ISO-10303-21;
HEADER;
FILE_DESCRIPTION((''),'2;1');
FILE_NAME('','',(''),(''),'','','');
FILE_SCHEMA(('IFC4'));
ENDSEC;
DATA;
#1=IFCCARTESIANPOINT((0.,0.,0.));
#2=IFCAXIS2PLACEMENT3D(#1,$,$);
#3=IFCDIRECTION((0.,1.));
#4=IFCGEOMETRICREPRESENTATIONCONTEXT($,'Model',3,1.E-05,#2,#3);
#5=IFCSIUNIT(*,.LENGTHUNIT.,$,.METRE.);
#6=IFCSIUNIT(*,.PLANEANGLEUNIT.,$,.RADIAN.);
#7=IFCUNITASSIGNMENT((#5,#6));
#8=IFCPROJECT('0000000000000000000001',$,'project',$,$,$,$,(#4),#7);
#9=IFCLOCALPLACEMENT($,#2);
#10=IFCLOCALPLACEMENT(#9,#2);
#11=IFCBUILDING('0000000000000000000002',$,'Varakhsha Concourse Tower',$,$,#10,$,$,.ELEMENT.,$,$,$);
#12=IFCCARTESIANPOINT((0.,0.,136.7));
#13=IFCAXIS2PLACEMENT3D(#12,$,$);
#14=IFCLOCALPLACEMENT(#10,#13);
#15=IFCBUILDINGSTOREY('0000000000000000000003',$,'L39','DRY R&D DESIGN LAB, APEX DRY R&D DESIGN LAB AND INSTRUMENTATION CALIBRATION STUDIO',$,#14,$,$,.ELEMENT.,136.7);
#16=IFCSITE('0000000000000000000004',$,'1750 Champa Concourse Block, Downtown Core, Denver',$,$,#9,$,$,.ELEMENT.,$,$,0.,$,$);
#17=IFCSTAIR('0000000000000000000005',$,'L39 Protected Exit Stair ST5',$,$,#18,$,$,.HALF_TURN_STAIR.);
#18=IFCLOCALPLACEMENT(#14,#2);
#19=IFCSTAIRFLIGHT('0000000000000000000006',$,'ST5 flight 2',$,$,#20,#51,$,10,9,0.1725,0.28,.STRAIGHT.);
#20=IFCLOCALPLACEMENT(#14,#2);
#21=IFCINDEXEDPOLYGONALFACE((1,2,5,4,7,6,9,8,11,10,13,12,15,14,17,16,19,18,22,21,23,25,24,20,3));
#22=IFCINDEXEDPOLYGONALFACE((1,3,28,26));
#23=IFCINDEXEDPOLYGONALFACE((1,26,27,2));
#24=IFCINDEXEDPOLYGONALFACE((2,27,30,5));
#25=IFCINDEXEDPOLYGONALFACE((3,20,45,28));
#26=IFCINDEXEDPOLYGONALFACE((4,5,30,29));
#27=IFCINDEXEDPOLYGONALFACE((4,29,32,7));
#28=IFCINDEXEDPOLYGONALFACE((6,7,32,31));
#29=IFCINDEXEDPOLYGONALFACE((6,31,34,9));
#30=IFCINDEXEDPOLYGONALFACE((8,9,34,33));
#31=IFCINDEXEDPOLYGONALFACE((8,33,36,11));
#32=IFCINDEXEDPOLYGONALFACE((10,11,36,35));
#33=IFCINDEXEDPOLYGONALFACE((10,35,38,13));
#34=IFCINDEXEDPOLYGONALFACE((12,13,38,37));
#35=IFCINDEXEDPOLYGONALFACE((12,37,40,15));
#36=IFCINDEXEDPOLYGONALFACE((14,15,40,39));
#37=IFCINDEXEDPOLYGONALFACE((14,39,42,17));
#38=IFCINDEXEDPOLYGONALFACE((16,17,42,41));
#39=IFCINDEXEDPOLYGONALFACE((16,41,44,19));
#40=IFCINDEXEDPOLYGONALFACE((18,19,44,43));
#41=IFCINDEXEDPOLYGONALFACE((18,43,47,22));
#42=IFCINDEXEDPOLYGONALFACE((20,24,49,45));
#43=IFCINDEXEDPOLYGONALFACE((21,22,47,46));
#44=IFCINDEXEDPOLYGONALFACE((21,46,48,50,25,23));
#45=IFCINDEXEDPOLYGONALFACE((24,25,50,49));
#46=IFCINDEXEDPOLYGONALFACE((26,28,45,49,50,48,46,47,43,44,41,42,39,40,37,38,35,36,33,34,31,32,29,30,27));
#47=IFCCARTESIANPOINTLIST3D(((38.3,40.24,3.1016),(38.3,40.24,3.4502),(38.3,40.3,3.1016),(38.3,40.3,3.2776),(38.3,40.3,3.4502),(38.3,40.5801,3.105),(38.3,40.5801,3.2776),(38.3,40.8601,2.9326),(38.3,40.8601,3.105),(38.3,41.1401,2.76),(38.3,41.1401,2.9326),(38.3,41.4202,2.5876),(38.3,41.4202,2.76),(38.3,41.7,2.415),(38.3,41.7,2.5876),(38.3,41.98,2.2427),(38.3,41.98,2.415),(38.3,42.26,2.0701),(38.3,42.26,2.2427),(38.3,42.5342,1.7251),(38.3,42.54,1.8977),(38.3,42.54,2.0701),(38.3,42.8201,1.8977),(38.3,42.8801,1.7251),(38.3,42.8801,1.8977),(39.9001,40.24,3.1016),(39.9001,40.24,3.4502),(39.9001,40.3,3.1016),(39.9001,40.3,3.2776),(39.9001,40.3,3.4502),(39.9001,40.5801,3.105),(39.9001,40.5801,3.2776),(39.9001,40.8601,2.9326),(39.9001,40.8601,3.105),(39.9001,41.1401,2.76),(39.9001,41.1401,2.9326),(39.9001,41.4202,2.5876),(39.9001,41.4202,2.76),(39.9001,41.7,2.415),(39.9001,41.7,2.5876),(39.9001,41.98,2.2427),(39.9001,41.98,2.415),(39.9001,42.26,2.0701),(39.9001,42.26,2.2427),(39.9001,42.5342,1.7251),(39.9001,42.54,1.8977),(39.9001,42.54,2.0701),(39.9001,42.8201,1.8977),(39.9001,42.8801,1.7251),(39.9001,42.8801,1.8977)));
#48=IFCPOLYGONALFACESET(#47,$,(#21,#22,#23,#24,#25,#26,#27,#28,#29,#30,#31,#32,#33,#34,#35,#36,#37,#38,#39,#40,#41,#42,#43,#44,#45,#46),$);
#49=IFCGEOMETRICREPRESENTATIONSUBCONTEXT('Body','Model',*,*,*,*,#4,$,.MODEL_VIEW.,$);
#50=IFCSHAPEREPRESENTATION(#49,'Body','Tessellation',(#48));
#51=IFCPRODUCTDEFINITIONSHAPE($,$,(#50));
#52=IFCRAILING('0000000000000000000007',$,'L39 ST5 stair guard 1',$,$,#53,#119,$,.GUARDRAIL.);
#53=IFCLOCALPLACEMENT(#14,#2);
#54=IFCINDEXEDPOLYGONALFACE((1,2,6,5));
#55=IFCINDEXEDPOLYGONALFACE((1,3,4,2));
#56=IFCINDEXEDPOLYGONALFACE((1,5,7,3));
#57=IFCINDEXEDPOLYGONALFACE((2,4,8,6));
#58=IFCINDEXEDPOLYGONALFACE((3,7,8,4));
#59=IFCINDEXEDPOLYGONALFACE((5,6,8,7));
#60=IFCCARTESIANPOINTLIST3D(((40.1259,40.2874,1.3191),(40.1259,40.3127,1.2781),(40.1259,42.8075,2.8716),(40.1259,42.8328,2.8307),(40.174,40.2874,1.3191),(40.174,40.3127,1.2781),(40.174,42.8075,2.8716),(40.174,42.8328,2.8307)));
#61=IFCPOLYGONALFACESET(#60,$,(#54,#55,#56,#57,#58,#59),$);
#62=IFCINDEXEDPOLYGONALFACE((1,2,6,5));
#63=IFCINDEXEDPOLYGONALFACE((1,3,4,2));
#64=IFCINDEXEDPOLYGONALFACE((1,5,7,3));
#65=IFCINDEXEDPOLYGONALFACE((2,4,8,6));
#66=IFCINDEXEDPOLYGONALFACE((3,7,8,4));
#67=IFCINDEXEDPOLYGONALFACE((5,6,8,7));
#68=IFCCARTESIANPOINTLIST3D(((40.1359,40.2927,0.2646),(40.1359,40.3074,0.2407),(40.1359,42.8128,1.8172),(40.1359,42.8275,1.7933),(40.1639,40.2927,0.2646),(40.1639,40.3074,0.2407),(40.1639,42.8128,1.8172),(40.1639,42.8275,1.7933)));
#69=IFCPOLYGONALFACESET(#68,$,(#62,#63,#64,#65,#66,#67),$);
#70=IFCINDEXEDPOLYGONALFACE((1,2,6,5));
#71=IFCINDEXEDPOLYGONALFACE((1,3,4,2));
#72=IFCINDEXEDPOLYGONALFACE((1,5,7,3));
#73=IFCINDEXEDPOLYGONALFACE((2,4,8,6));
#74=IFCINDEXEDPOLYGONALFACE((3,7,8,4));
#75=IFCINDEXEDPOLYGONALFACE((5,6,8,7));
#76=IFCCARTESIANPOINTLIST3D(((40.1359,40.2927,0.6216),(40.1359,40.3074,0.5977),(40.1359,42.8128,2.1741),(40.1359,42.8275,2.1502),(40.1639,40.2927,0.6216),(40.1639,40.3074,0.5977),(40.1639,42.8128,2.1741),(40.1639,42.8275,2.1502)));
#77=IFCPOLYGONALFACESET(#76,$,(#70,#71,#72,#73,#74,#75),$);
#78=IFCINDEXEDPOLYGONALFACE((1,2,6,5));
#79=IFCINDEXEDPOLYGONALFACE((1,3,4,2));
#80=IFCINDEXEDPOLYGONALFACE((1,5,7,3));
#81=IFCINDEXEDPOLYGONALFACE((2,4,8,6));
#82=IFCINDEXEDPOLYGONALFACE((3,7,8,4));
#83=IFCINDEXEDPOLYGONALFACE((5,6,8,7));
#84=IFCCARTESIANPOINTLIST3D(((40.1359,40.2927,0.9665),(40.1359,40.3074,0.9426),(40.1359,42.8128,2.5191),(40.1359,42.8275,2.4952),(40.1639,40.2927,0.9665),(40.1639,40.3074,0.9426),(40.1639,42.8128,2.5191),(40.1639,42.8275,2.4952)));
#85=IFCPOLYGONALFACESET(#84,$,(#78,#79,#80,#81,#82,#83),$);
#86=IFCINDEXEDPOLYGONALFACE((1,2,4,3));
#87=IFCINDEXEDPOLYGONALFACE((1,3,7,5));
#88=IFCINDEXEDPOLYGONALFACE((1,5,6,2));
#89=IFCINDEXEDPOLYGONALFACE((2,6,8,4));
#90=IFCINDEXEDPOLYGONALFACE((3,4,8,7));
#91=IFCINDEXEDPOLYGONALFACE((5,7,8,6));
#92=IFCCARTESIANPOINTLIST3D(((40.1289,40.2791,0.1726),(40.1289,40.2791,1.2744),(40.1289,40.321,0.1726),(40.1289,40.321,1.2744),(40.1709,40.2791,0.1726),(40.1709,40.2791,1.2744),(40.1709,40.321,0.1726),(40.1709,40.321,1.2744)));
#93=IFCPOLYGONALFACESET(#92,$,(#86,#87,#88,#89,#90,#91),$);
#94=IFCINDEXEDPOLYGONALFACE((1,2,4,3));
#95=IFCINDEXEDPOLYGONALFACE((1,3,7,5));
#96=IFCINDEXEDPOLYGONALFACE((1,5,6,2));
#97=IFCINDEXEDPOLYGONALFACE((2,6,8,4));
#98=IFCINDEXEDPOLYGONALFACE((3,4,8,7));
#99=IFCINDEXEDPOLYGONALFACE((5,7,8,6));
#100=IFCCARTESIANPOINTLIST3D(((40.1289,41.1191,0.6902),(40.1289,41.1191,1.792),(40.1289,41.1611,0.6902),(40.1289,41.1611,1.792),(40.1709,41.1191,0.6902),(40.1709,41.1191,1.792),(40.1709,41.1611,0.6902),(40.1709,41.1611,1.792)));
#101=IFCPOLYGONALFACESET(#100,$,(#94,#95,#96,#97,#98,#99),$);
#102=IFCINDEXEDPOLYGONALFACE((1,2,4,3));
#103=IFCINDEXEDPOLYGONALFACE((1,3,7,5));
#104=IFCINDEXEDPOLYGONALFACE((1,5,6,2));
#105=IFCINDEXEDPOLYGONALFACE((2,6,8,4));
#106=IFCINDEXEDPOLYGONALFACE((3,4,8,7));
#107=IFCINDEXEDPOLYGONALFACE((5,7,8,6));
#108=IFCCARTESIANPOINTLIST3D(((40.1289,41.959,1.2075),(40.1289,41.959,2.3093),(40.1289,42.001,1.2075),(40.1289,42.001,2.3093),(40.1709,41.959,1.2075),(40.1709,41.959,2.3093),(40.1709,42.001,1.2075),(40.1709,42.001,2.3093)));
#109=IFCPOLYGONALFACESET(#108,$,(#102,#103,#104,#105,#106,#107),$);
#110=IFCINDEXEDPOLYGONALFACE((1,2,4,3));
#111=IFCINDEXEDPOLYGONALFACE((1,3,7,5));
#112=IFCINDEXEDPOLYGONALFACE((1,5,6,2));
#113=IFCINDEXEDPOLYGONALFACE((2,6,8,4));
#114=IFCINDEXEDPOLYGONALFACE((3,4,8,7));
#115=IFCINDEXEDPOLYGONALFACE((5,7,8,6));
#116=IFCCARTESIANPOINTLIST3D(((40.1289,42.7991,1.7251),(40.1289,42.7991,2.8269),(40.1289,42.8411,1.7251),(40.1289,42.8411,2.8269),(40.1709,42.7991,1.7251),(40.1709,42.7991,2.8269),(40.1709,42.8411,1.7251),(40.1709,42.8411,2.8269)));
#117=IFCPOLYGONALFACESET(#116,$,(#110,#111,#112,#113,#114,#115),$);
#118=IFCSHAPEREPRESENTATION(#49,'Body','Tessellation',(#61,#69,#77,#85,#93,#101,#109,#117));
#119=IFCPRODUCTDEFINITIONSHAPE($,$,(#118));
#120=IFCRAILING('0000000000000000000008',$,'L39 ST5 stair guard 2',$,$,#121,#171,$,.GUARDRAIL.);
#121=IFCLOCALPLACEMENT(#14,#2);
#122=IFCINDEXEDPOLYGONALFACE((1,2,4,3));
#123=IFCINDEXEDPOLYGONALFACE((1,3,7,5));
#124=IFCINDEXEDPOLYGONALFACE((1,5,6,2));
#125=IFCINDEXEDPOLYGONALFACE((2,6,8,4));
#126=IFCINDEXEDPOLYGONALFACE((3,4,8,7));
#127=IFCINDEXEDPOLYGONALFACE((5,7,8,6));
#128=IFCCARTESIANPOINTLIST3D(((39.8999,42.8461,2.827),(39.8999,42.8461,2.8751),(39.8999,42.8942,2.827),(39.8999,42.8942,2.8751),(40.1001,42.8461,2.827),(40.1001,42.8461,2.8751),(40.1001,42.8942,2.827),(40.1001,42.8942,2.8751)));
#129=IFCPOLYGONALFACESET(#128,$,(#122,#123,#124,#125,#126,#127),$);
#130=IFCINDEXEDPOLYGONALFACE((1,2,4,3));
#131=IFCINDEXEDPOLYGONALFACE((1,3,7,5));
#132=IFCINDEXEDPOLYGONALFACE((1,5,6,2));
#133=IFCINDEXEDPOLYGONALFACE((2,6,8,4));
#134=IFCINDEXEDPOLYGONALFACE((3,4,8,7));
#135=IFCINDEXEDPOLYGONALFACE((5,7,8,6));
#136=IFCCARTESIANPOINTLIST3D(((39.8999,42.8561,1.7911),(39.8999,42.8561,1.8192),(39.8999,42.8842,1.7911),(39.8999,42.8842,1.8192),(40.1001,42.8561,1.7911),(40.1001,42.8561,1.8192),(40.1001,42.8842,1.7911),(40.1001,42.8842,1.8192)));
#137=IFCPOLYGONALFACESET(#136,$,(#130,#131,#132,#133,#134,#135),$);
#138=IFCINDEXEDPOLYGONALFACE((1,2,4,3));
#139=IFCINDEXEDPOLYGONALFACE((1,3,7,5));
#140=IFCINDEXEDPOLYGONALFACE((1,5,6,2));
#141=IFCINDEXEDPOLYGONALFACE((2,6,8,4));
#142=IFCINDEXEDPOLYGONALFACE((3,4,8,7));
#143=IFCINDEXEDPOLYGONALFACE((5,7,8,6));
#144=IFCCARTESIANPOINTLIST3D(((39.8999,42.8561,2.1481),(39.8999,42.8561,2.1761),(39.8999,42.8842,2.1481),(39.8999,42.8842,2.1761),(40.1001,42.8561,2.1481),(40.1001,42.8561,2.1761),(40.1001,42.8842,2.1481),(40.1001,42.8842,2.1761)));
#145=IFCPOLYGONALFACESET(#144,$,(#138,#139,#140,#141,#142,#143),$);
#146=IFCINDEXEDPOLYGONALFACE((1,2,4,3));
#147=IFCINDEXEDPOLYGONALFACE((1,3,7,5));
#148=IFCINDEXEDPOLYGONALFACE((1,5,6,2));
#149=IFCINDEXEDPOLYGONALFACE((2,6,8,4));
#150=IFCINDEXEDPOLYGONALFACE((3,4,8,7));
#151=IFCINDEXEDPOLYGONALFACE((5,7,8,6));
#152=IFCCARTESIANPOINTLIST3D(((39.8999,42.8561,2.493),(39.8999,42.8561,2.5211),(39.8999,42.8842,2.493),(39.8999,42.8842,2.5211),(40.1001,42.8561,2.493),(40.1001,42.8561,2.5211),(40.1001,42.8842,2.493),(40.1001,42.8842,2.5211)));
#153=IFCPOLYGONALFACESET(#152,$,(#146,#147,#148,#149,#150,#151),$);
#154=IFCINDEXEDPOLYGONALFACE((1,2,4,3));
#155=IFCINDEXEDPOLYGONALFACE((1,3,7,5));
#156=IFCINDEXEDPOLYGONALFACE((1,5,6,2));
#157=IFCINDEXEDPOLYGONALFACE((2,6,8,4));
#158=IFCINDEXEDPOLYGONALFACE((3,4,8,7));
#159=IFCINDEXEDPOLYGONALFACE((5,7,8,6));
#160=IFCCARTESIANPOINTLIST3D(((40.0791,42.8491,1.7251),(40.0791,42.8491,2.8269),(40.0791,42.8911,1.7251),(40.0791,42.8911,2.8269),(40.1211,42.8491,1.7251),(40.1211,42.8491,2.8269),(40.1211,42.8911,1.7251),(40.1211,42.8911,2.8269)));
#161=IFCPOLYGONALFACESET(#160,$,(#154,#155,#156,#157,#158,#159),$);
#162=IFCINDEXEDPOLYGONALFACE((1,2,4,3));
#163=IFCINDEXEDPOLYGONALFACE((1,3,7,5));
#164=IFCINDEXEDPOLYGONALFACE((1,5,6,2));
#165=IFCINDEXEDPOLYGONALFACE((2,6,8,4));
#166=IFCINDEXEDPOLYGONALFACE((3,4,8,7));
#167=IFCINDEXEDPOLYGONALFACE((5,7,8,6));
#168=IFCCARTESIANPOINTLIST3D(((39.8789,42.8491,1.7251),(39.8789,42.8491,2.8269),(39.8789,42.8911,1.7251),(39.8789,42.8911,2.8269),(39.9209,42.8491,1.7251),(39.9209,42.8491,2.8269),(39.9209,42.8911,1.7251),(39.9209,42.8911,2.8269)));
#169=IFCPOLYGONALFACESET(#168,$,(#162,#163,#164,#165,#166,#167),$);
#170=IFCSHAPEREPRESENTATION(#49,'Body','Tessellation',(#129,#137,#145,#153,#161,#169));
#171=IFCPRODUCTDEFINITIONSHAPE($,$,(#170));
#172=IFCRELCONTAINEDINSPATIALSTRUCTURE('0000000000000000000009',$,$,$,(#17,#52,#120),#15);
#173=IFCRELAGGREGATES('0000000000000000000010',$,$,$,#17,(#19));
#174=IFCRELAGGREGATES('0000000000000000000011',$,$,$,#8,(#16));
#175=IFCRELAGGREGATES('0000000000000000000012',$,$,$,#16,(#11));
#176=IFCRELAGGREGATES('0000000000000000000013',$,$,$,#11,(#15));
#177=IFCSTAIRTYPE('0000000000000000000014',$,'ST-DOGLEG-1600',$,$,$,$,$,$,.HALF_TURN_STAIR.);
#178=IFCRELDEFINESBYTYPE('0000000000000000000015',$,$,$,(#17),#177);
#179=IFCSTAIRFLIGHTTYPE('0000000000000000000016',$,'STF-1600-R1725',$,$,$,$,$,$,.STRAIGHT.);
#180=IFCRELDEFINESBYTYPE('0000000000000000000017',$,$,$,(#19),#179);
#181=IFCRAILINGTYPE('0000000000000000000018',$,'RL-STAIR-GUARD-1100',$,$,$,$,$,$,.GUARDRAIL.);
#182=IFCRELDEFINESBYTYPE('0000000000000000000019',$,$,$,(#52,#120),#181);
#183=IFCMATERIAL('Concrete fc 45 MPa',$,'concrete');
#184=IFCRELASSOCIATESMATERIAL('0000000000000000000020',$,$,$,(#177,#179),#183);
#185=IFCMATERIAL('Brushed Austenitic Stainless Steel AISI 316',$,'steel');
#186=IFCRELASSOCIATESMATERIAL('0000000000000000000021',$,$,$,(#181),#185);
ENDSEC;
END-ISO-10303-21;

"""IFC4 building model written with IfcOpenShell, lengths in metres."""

from ifc_helpers import new_model, si_unit, direction, frame, origin, origin_2d, place, context, subcontext, project, spatial, polyline, rectangle, outline, extrude, material, type_object, element, aggregate, save


model = new_model("IFC4")

# Units and contexts
model_context = context("Model", 3, precision=1e-05, world=origin(), true_north=direction((0.0, 1.0)))
body_context = subcontext(model_context, "Body", "Model", "MODEL_VIEW")
ifc_project = project(units=[si_unit("LENGTHUNIT", "METRE"), si_unit("PLANEANGLEUNIT", "RADIAN")], contexts=[model_context])

# Site, building, storey
site_placement = place(None, origin())
site = spatial("IfcSite", under=ifc_project, at=site_placement, Name="1750 Champa Concourse Block, Downtown Core, Denver", CompositionType="ELEMENT", RefElevation=0.0)
building_placement = place(site_placement, origin())
building = spatial("IfcBuilding", under=site, at=building_placement, Name="Varakhsha Concourse Tower", CompositionType="ELEMENT")
storey_placement = place(building_placement, frame((0.0, 0.0, 136.7)))
storey = spatial("IfcBuildingStorey", under=building, at=storey_placement, Name="L39", Description="DRY R&D DESIGN LAB, APEX DRY R&D DESIGN LAB AND INSTRUMENTATION CALIBRATION STUDIO", CompositionType="ELEMENT", Elevation=136.7)

# Shared definitions
ifc_material_1 = material(Name="Concrete fc 45 MPa", Category="concrete")

# Stair, stair flight
stair_type = type_object("IfcStairType", Name="ST-DOGLEG-1600", PredefinedType="HALF_TURN_STAIR", material=ifc_material_1)
stair_placement = place(storey_placement, origin())
stair = element("IfcStair", 1, at=stair_placement, inside=storey, type_object=stair_type, Name="L39 Protected Exit Stair ST5", PredefinedType="HALF_TURN_STAIR")
stair_flight_type = type_object("IfcStairFlightType", Name="STF-1600-R1725", PredefinedType="STRAIGHT", material=ifc_material_1)
stair_flight_1_placement = place(storey_placement, frame((39.1001, 42.8201, 1.7251), z_axis=(0.0, 0.0, 1.0), x_axis=(0.0, -1.0, 0.0)))
stair_flight_1 = element("IfcStairFlight", 2, at=stair_flight_1_placement, type_object=stair_flight_type, Name="ST5 flight 2", NumberOfRisers=10, NumberOfTreads=9, PredefinedType="STRAIGHT", RiserHeight=0.1725, TreadLength=0.28, context=body_context, shape_type="SweptSolid", body=[
    extrude(outline(polyline([(-0.0601, 0.0), (-0.0601, 0.1726), (0.0, 0.1726), (0.28, 0.1726), (0.28, 0.345), (0.5601, 0.345), (0.5601, 0.5176), (0.8401, 0.5176), (0.8401, 0.6899), (1.1201, 0.6899), (1.1201, 0.8625), (1.3999, 0.8625), (1.3999, 1.0349), (1.6799, 1.0349), (1.6799, 1.2075), (1.96, 1.2075), (1.96, 1.3799), (2.24, 1.3799), (2.24, 1.5525), (2.52, 1.5525), (2.52, 1.7251), (2.5801, 1.7251), (2.5801, 1.3765), (2.52, 1.3765), (0.2859, 0.0), (-0.0601, 0.0)])), frame((0.0, 0.8, 0.0), z_axis=(0.0, -1.0, 0.0), x_axis=(1.0, 0.0, 0.0)), (0.0, 0.0, 1.0), 1.6001),
])
aggregate(stair, [stair_flight_1])

# Railings
ifc_material_2 = material(Name="Brushed Austenitic Stainless Steel AISI 316", Category="steel")
railing_type_1 = type_object("IfcRailingType", Name="RL-STAIR-GUARD-1100", PredefinedType="GUARDRAIL", material=ifc_material_2)
railing_1_placement = place(storey_placement, frame((40.1499, 40.3, 0.1726)))
element("IfcRailing", 3, at=railing_1_placement, inside=storey, type_object=railing_type_1, Name="L39 ST5 stair guard 1", PredefinedType="GUARDRAIL", context=body_context, shape_type="SweptSolid", body=[
    extrude(rectangle(XDim=0.0481, YDim=0.0481, at=origin_2d()), frame((0.0, 0.0, 1.126), z_axis=(0.0, 0.8514, 0.524516), x_axis=(-1.0, 0.0, 0.0)), (0.0, 0.0, 1.0), 2.96),
    extrude(rectangle(XDim=0.0281, YDim=0.0281, at=origin_2d()), frame((0.0, 0.0, 0.0801), z_axis=(0.0, 0.8514, 0.524516), x_axis=(-1.0, 0.0, 0.0)), (0.0, 0.0, 1.0), 2.96),
    extrude(rectangle(XDim=0.0281, YDim=0.0281, at=origin_2d()), frame((0.0, 0.0, 0.437), z_axis=(0.0, 0.8514, 0.524516), x_axis=(-1.0, 0.0, 0.0)), (0.0, 0.0, 1.0), 2.96),
    extrude(rectangle(XDim=0.0281, YDim=0.0281, at=origin_2d()), frame((0.0, 0.0, 0.782), z_axis=(0.0, 0.8514, 0.524516), x_axis=(-1.0, 0.0, 0.0)), (0.0, 0.0, 1.0), 2.96),
    extrude(rectangle(XDim=0.042, YDim=0.042, at=origin_2d()), origin(), (0.0, 0.0, 1.0), 1.1018),
    extrude(rectangle(XDim=0.042, YDim=0.042, at=origin_2d()), frame((0.0, 0.8401, 0.5176)), (0.0, 0.0, 1.0), 1.1018),
    extrude(rectangle(XDim=0.042, YDim=0.042, at=origin_2d()), frame((0.0, 1.6799, 1.0349)), (0.0, 0.0, 1.0), 1.1018),
    extrude(rectangle(XDim=0.042, YDim=0.042, at=origin_2d()), frame((0.0, 2.52, 1.5525)), (0.0, 0.0, 1.0), 1.1018),
])
railing_2_placement = place(storey_placement, frame((40.1001, 42.8701, 1.7251)))
element("IfcRailing", 4, at=railing_2_placement, inside=storey, type_object=railing_type_1, Name="L39 ST5 stair guard 2", PredefinedType="GUARDRAIL", context=body_context, shape_type="SweptSolid", body=[
    extrude(rectangle(XDim=0.0481, YDim=0.0481, at=origin_2d()), frame((0.0, 0.0, 1.126), z_axis=(-1.0, 0.0, 0.0), x_axis=(0.0, -1.0, 0.0)), (0.0, 0.0, 1.0), 0.2002),
    extrude(rectangle(XDim=0.0281, YDim=0.0281, at=origin_2d()), frame((0.0, 0.0, 0.0801), z_axis=(-1.0, 0.0, 0.0), x_axis=(0.0, -1.0, 0.0)), (0.0, 0.0, 1.0), 0.2002),
    extrude(rectangle(XDim=0.0281, YDim=0.0281, at=origin_2d()), frame((0.0, 0.0, 0.437), z_axis=(-1.0, 0.0, 0.0), x_axis=(0.0, -1.0, 0.0)), (0.0, 0.0, 1.0), 0.2002),
    extrude(rectangle(XDim=0.0281, YDim=0.0281, at=origin_2d()), frame((0.0, 0.0, 0.782), z_axis=(-1.0, 0.0, 0.0), x_axis=(0.0, -1.0, 0.0)), (0.0, 0.0, 1.0), 0.2002),
    extrude(rectangle(XDim=0.042, YDim=0.042, at=origin_2d()), origin(), (0.0, 0.0, 1.0), 1.1018),
    extrude(rectangle(XDim=0.042, YDim=0.042, at=origin_2d()), frame((-0.2002, 0.0, 0.0)), (0.0, 0.0, 1.0), 1.1018),
])

save(model, "model.ifc")
